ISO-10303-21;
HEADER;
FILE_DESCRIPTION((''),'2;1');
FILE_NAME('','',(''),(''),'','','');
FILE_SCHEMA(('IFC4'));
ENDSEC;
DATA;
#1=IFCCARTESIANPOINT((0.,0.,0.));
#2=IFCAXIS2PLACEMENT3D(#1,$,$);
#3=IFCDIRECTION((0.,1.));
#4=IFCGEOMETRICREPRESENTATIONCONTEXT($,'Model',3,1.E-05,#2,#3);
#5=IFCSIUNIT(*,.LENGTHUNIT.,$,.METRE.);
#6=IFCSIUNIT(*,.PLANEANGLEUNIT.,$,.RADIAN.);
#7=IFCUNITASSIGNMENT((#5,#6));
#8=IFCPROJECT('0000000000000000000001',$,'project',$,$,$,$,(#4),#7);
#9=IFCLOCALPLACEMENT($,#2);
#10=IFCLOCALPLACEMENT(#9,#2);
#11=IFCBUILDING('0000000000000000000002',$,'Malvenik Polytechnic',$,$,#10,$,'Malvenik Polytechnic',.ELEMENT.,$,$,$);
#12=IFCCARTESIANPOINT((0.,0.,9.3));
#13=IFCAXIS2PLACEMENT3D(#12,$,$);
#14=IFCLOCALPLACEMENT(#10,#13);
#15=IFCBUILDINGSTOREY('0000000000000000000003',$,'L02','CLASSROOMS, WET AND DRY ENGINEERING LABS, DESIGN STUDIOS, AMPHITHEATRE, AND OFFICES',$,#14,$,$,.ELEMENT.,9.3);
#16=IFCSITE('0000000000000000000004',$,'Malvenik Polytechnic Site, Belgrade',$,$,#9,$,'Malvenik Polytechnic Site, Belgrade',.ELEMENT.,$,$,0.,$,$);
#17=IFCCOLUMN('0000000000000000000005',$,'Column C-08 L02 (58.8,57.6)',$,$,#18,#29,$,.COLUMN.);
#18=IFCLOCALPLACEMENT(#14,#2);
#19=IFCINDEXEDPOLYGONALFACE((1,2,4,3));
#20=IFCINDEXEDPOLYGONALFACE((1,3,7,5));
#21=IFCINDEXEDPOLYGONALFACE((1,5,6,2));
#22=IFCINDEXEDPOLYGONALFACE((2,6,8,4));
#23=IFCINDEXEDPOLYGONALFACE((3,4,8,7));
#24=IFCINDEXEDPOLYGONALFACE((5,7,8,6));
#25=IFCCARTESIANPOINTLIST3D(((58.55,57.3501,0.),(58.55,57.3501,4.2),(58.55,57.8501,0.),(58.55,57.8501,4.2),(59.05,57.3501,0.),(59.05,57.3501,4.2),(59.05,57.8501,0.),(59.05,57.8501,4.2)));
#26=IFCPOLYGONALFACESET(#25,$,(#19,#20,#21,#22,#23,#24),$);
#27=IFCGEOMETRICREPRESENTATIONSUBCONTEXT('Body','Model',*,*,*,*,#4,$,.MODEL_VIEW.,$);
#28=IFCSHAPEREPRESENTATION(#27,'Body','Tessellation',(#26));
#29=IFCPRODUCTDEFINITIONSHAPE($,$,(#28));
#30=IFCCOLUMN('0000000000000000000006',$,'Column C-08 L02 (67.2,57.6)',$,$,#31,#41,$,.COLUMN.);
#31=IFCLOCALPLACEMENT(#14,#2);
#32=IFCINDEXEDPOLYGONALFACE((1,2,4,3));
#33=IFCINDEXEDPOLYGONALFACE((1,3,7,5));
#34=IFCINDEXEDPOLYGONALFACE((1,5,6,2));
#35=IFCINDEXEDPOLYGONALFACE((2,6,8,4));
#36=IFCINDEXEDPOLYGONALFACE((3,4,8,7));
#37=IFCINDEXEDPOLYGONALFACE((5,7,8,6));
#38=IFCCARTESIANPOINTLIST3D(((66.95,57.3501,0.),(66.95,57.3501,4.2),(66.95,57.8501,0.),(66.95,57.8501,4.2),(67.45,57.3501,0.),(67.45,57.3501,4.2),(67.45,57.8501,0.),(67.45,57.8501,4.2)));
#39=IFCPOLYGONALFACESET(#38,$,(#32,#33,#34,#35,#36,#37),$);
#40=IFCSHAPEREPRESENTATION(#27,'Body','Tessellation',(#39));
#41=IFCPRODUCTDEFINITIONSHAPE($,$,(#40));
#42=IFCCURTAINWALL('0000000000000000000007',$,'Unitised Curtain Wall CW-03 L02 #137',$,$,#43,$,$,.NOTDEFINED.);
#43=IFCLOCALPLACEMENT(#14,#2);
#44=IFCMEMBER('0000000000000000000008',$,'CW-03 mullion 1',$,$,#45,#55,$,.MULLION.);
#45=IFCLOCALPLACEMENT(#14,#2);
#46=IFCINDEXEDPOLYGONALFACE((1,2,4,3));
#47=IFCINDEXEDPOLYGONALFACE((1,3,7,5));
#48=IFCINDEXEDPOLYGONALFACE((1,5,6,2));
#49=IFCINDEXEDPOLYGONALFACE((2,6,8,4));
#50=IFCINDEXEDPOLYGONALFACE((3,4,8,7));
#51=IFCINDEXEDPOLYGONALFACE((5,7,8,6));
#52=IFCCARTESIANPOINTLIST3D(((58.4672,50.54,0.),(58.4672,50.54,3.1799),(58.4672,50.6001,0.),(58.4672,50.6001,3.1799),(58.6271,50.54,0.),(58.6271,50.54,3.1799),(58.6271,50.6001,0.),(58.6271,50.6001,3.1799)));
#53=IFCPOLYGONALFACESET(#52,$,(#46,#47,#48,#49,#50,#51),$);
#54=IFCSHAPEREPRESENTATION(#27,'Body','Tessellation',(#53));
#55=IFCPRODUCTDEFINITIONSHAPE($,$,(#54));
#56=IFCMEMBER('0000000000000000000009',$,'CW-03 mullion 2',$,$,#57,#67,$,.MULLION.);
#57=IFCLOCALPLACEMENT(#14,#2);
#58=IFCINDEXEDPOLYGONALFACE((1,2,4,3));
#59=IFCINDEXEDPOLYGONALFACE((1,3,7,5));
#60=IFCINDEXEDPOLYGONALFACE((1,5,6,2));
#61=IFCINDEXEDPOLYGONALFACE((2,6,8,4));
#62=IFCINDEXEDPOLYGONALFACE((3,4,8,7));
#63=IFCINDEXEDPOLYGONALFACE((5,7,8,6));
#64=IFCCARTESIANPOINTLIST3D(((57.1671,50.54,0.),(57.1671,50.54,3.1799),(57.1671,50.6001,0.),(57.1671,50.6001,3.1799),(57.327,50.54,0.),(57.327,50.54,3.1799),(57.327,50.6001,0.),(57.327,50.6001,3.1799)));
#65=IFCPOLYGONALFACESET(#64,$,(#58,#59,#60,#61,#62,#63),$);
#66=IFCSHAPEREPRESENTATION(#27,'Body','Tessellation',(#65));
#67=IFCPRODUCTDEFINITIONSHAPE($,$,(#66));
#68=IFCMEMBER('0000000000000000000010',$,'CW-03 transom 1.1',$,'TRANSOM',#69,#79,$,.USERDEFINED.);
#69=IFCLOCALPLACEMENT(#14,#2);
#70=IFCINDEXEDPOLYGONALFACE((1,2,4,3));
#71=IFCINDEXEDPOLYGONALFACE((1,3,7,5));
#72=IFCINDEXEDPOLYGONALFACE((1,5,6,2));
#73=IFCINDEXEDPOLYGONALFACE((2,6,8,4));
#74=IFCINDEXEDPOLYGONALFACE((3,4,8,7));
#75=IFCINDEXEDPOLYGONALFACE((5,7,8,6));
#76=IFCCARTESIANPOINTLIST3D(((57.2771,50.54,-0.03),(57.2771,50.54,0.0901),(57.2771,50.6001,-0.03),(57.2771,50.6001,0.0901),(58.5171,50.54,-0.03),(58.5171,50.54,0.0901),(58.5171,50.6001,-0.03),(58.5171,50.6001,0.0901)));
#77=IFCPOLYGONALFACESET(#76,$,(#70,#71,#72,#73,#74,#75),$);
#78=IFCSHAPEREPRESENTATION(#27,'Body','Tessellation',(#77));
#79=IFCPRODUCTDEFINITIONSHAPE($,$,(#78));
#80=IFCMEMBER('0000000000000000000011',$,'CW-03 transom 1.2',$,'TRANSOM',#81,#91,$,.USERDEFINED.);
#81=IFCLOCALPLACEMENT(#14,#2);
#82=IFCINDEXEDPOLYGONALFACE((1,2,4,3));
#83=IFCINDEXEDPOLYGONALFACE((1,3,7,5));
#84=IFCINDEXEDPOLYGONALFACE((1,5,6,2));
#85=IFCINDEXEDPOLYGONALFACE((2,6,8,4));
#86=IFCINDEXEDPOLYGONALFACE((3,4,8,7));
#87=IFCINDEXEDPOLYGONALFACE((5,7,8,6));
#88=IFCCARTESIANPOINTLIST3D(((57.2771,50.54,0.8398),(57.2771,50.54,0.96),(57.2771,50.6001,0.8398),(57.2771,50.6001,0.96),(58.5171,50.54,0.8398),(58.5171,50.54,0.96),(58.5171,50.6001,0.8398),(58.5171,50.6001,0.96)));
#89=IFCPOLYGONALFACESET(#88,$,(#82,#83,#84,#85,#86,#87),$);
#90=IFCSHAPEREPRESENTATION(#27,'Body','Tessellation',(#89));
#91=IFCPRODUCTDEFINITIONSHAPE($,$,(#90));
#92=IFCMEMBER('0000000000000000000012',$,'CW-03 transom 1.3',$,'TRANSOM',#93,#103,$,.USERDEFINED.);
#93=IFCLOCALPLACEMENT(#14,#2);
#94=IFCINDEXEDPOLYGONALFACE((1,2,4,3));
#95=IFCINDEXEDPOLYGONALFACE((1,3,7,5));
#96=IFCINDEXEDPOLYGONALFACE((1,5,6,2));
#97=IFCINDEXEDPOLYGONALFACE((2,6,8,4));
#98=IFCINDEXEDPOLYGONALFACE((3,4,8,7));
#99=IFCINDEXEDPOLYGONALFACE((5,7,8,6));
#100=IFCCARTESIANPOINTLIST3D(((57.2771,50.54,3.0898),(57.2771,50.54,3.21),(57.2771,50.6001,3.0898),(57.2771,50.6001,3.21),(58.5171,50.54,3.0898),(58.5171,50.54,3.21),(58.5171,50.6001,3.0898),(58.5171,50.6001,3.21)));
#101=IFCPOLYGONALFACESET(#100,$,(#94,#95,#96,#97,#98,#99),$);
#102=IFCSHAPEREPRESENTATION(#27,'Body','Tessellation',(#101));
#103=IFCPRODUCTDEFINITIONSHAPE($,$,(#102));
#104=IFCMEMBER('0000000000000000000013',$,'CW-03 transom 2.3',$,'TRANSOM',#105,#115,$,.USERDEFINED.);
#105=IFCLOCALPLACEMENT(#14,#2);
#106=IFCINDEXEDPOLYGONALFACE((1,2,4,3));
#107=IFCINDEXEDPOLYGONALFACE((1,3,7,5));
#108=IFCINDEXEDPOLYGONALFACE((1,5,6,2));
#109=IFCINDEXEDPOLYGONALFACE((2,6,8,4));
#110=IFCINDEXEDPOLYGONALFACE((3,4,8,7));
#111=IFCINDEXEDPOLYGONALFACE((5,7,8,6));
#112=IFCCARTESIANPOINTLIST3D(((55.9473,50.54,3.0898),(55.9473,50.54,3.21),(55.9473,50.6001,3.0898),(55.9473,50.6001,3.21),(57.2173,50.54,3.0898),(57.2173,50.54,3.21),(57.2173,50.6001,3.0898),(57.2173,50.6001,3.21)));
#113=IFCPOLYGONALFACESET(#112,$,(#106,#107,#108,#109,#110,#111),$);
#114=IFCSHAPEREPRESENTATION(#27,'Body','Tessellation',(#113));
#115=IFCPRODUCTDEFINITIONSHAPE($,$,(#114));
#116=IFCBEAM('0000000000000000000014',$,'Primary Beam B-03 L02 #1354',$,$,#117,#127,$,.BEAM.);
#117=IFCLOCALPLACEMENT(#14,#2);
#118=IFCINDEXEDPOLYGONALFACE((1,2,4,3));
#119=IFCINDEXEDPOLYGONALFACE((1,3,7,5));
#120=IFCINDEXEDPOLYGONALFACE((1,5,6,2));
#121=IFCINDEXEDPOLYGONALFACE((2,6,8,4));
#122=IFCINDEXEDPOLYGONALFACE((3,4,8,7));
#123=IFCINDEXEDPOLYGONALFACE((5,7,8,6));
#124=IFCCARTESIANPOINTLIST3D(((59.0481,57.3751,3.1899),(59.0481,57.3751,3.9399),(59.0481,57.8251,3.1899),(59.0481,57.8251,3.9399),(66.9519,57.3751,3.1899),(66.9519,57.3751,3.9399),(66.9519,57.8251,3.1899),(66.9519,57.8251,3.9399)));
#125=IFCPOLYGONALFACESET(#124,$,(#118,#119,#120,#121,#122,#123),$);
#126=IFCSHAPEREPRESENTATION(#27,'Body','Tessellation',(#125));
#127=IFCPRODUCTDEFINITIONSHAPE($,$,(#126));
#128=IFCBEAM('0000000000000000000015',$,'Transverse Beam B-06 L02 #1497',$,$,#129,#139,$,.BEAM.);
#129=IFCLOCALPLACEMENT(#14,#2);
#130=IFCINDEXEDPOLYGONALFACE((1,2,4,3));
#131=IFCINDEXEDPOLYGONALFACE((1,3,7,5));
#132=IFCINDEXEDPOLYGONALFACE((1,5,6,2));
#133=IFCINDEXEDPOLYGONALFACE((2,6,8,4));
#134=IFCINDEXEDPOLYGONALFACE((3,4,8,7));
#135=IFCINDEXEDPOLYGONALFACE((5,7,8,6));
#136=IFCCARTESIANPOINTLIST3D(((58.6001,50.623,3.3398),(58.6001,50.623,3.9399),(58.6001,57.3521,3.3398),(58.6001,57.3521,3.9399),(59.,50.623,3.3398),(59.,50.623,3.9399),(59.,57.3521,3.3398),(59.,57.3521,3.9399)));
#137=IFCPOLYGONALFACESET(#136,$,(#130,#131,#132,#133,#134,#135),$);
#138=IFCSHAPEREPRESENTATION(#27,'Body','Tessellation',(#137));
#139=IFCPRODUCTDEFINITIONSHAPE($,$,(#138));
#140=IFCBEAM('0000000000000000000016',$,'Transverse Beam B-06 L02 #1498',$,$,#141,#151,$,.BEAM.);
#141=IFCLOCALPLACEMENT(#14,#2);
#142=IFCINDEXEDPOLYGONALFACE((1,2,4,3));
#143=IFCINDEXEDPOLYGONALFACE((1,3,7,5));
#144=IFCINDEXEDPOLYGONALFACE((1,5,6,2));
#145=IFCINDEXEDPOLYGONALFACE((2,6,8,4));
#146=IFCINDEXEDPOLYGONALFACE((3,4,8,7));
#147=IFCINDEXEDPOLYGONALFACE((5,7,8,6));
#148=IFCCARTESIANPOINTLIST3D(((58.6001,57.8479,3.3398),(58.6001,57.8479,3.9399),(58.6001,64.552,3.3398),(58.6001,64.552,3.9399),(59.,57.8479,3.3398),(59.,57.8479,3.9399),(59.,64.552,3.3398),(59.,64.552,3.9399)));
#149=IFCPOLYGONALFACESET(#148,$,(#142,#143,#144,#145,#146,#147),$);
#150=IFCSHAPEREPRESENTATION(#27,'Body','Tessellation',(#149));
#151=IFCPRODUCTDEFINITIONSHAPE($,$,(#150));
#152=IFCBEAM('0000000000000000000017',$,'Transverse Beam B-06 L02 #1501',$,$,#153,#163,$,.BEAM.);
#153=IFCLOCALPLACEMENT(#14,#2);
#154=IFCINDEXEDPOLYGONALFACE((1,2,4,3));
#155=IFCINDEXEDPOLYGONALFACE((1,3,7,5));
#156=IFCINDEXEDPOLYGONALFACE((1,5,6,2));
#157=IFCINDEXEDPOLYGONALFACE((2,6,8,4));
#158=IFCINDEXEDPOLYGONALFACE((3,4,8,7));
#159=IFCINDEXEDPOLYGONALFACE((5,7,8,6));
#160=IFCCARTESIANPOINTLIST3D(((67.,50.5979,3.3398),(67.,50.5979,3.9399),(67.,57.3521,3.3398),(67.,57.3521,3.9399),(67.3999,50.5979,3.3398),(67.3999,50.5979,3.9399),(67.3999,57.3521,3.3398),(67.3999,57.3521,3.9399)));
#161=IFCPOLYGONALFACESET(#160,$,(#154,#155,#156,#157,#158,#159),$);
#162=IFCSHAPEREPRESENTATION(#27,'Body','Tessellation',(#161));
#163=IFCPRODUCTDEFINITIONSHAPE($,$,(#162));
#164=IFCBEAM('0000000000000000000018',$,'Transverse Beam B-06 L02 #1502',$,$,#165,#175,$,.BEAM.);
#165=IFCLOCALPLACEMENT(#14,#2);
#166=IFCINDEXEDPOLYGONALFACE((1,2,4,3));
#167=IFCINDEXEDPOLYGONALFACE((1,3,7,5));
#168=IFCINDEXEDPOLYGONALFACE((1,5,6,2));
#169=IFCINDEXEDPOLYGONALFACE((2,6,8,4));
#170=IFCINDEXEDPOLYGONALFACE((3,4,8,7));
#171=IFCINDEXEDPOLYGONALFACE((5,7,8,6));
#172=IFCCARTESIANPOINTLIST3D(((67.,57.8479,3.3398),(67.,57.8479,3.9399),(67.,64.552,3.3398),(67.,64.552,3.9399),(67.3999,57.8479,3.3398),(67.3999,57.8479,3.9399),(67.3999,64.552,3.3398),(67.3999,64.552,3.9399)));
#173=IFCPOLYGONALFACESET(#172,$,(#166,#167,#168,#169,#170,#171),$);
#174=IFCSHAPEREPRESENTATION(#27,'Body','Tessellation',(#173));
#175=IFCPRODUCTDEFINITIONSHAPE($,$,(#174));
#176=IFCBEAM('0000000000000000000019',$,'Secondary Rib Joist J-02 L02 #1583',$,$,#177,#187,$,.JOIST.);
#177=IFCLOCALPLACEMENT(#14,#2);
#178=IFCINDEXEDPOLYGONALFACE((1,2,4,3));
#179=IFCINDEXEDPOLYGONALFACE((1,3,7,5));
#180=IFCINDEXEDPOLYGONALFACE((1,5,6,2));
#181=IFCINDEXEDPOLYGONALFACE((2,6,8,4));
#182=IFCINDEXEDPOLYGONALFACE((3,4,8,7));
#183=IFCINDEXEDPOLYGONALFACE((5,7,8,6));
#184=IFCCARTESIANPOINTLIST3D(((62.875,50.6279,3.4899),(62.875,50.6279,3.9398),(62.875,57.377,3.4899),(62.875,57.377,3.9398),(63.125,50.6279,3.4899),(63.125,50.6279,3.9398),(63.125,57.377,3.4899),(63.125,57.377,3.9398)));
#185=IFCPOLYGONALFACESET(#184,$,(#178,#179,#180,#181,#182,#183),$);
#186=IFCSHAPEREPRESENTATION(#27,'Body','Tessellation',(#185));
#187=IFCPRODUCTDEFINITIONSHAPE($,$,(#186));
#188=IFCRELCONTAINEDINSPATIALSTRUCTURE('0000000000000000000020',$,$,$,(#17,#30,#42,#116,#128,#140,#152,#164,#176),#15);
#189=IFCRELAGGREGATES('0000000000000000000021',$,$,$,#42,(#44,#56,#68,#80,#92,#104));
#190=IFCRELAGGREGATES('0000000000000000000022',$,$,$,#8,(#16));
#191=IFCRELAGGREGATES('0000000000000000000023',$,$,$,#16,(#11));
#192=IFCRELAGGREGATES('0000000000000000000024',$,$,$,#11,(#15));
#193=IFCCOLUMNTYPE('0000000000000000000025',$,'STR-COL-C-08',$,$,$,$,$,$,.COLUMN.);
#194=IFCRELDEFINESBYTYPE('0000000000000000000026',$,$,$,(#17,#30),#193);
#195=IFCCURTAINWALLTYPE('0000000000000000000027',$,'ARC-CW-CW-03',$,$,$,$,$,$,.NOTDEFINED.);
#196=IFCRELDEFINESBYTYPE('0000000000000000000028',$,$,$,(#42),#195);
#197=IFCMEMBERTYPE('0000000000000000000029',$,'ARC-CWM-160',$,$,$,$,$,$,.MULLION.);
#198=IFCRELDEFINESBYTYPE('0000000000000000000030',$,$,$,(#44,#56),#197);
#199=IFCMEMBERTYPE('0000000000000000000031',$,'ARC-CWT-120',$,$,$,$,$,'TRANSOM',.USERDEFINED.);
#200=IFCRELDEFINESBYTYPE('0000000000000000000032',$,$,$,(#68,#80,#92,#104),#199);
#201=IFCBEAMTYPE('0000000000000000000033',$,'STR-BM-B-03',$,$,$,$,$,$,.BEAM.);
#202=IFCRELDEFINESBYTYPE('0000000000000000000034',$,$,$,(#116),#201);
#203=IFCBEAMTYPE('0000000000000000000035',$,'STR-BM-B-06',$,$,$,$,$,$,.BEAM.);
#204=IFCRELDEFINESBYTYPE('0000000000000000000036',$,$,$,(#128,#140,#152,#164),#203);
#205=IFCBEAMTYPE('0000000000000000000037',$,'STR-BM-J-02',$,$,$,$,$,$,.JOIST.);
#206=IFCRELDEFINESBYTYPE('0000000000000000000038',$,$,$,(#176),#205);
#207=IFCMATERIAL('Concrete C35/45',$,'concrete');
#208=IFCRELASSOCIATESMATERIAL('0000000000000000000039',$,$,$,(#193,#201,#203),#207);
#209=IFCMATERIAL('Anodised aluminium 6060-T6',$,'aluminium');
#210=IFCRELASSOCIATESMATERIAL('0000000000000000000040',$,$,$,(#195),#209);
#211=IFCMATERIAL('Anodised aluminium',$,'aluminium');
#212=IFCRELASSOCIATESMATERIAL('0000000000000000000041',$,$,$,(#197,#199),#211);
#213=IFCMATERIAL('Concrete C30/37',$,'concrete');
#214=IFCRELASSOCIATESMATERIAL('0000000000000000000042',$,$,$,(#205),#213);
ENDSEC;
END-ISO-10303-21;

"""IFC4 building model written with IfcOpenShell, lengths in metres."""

from ifc_helpers import new_model, si_unit, direction, frame, origin, origin_2d, place, context, subcontext, project, spatial, rectangle, extrude, material, material_profile, profile_set, type_object, element, aggregate, save


model = new_model("IFC4")

# Units and contexts
model_context = context("Model", 3, precision=1e-05, world=origin(), true_north=direction((0.0, 1.0)))
body_context = subcontext(model_context, "Body", "Model", "MODEL_VIEW")
ifc_project = project(units=[si_unit("LENGTHUNIT", "METRE"), si_unit("PLANEANGLEUNIT", "RADIAN")], contexts=[model_context])

# Site, building, storey
site_placement = place(None, origin())
site = spatial("IfcSite", under=ifc_project, at=site_placement, Name="Malvenik Polytechnic Site, Belgrade", LongName="Malvenik Polytechnic Site, Belgrade", CompositionType="ELEMENT", RefElevation=0.0)
building_placement = place(site_placement, origin())
building = spatial("IfcBuilding", under=site, at=building_placement, Name="Malvenik Polytechnic", LongName="Malvenik Polytechnic", CompositionType="ELEMENT")
storey_placement = place(building_placement, frame((0.0, 0.0, 9.3)))
storey = spatial("IfcBuildingStorey", under=building, at=storey_placement, Name="L02", Description="CLASSROOMS, WET AND DRY ENGINEERING LABS, DESIGN STUDIOS, AMPHITHEATRE, AND OFFICES", CompositionType="ELEMENT", Elevation=9.3)

# Columns
ifc_material_1 = material(Name="Concrete C35/45", Category="concrete")
ifc_material_profile_1 = material_profile(ifc_material_1, rectangle(XDim=0.5, YDim=0.5, at=origin_2d()), Name="RC COL 500x500")
ifc_profile_set_1 = profile_set([ifc_material_profile_1], Name="Concrete C35/45")
column_type = type_object("IfcColumnType", Name="STR-COL-C-08", PredefinedType="COLUMN", material=ifc_profile_set_1)
for number, where, z_axis, x_axis, name in (
    (1, (58.8, 57.6001, 0.0), (0.0, 0.0, 1.0), (1.0, 0.0, 0.0), "Column C-08 L02 (58.8,57.6)"),
    (2, (67.2, 57.6001, 0.0), (0.0, 0.0, 1.0), (1.0, 0.0, 0.0), "Column C-08 L02 (67.2,57.6)"),
):
    element("IfcColumn", number, at=place(storey_placement, frame(where, z_axis=z_axis, x_axis=x_axis)), inside=storey, type_object=column_type, Name=name, PredefinedType="COLUMN", context=body_context, shape_type="SweptSolid", body=[
        extrude(rectangle(XDim=0.5, YDim=0.5, at=origin_2d()), origin(), (0.0, 0.0, 1.0), 4.2),
    ])

# Curtain wall, members
ifc_material_2 = material(Name="Anodised aluminium 6060-T6", Category="aluminium")
curtain_wall_type = type_object("IfcCurtainWallType", Name="ARC-CW-CW-03", PredefinedType="NOTDEFINED", material=ifc_material_2)
curtain_wall_placement = place(storey_placement, origin())
curtain_wall = element("IfcCurtainWall", 3, at=curtain_wall_placement, inside=storey, type_object=curtain_wall_type, Name="Unitised Curtain Wall CW-03 L02 #137", PredefinedType="NOTDEFINED")
ifc_material_3 = material(Name="Anodised aluminium", Category="aluminium")
ifc_material_profile_2 = material_profile(ifc_material_3, rectangle(XDim=0.0601, YDim=0.1599, at=origin_2d()), Name="ALU MULLION 60x160")
ifc_profile_set_2 = profile_set([ifc_material_profile_2], Name="Anodised aluminium")
member_type_1 = type_object("IfcMemberType", Name="ARC-CWM-160", PredefinedType="MULLION", material=ifc_profile_set_2)
member_1_placement = place(storey_placement, frame((58.5471, 50.5701, 0.0), z_axis=(0.0, 0.0, 1.0), x_axis=(0.0, -1.0, 0.0)))
member_1 = element("IfcMember", 4, at=member_1_placement, type_object=member_type_1, Name="CW-03 mullion 1", PredefinedType="MULLION", context=body_context, shape_type="SweptSolid", body=[
    extrude(rectangle(XDim=0.0601, YDim=0.1599, at=origin_2d()), origin(), (0.0, 0.0, 1.0), 3.1799),
])
member_2_placement = place(storey_placement, frame((57.2471, 50.5701, 0.0), z_axis=(0.0, 0.0, 1.0), x_axis=(0.0, -1.0, 0.0)))
member_2 = element("IfcMember", 5, at=member_2_placement, type_object=member_type_1, Name="CW-03 mullion 2", PredefinedType="MULLION", context=body_context, shape_type="SweptSolid", body=[
    extrude(rectangle(XDim=0.0601, YDim=0.1599, at=origin_2d()), origin(), (0.0, 0.0, 1.0), 3.1799),
])
ifc_material_profile_3 = material_profile(ifc_material_3, rectangle(XDim=0.0601, YDim=0.1201, at=origin_2d()), Name="ALU TRANSOM 60x120")
ifc_profile_set_3 = profile_set([ifc_material_profile_3], Name="Anodised aluminium")
member_type_2 = type_object("IfcMemberType", Name="ARC-CWT-120", ElementType="TRANSOM", PredefinedType="USERDEFINED", material=ifc_profile_set_3)
member_3_placement = place(storey_placement, frame((58.5171, 50.5701, 0.03), z_axis=(-1.0, 0.0, 0.0), x_axis=(0.0, -1.0, 0.0)))
member_3 = element("IfcMember", 6, at=member_3_placement, type_object=member_type_2, Name="CW-03 transom 1.1", ObjectType="TRANSOM", PredefinedType="USERDEFINED", context=body_context, shape_type="SweptSolid", body=[
    extrude(rectangle(XDim=0.0601, YDim=0.1201, at=origin_2d()), origin(), (0.0, 0.0, 1.0), 1.24),
])
member_4_placement = place(storey_placement, frame((58.5171, 50.5701, 0.8999), z_axis=(-1.0, 0.0, 0.0), x_axis=(0.0, -1.0, 0.0)))
member_4 = element("IfcMember", 7, at=member_4_placement, type_object=member_type_2, Name="CW-03 transom 1.2", ObjectType="TRANSOM", PredefinedType="USERDEFINED", context=body_context, shape_type="SweptSolid", body=[
    extrude(rectangle(XDim=0.0601, YDim=0.1201, at=origin_2d()), origin(), (0.0, 0.0, 1.0), 1.24),
])
member_5_placement = place(storey_placement, frame((58.5171, 50.5701, 3.1499), z_axis=(-1.0, 0.0, 0.0), x_axis=(0.0, -1.0, 0.0)))
member_5 = element("IfcMember", 8, at=member_5_placement, type_object=member_type_2, Name="CW-03 transom 1.3", ObjectType="TRANSOM", PredefinedType="USERDEFINED", context=body_context, shape_type="SweptSolid", body=[
    extrude(rectangle(XDim=0.0601, YDim=0.1201, at=origin_2d()), origin(), (0.0, 0.0, 1.0), 1.24),
])
member_6_placement = place(storey_placement, frame((57.2173, 50.5701, 3.1499), z_axis=(-1.0, 0.0, 0.0), x_axis=(0.0, -1.0, 0.0)))
member_6 = element("IfcMember", 9, at=member_6_placement, type_object=member_type_2, Name="CW-03 transom 2.3", ObjectType="TRANSOM", PredefinedType="USERDEFINED", context=body_context, shape_type="SweptSolid", body=[
    extrude(rectangle(XDim=0.0601, YDim=0.1201, at=origin_2d()), origin(), (0.0, 0.0, 1.0), 1.27),
])

# Beams
ifc_material_profile_4 = material_profile(ifc_material_1, rectangle(XDim=0.45, YDim=0.75, at=origin_2d()), Name="RC BM 450x750")
ifc_profile_set_4 = profile_set([ifc_material_profile_4], Name="Concrete C35/45")
beam_type_1 = type_object("IfcBeamType", Name="STR-BM-B-03", PredefinedType="BEAM", material=ifc_profile_set_4)
beam_1_placement = place(storey_placement, frame((59.0481, 57.6001, 3.5649), z_axis=(1.0, 0.0, 0.0), x_axis=(0.0, 1.0, 0.0)))
element("IfcBeam", 10, at=beam_1_placement, inside=storey, type_object=beam_type_1, Name="Primary Beam B-03 L02 #1354", PredefinedType="BEAM", context=body_context, shape_type="SweptSolid", body=[
    extrude(rectangle(XDim=0.45, YDim=0.75, at=origin_2d()), origin(), (0.0, 0.0, 1.0), 7.9038),
])
ifc_material_profile_5 = material_profile(ifc_material_1, rectangle(XDim=0.3999, YDim=0.6001, at=origin_2d()), Name="RC BM 400x600")
ifc_profile_set_5 = profile_set([ifc_material_profile_5], Name="Concrete C35/45")
beam_type_2 = type_object("IfcBeamType", Name="STR-BM-B-06", PredefinedType="BEAM", material=ifc_profile_set_5)
beam_2_placement = place(storey_placement, frame((58.8, 50.623, 3.6399), z_axis=(0.0, 1.0, 0.0), x_axis=(-1.0, 0.0, 0.0)))
element("IfcBeam", 11, at=beam_2_placement, inside=storey, type_object=beam_type_2, Name="Transverse Beam B-06 L02 #1497", PredefinedType="BEAM", context=body_context, shape_type="SweptSolid", body=[
    extrude(rectangle(XDim=0.3999, YDim=0.6001, at=origin_2d()), origin(), (0.0, 0.0, 1.0), 6.729),
])
beam_3_placement = place(storey_placement, frame((58.8, 57.8479, 3.6399), z_axis=(0.0, 1.0, 0.0), x_axis=(-1.0, 0.0, 0.0)))
element("IfcBeam", 12, at=beam_3_placement, inside=storey, type_object=beam_type_2, Name="Transverse Beam B-06 L02 #1498", PredefinedType="BEAM", context=body_context, shape_type="SweptSolid", body=[
    extrude(rectangle(XDim=0.3999, YDim=0.6001, at=origin_2d()), origin(), (0.0, 0.0, 1.0), 6.7041),
])
beam_4_placement = place(storey_placement, frame((67.2, 50.5979, 3.6399), z_axis=(0.0, 1.0, 0.0), x_axis=(-1.0, 0.0, 0.0)))
element("IfcBeam", 13, at=beam_4_placement, inside=storey, type_object=beam_type_2, Name="Transverse Beam B-06 L02 #1501", PredefinedType="BEAM", context=body_context, shape_type="SweptSolid", body=[
    extrude(rectangle(XDim=0.3999, YDim=0.6001, at=origin_2d()), origin(), (0.0, 0.0, 1.0), 6.7542),
])
beam_5_placement = place(storey_placement, frame((67.2, 57.8479, 3.6399), z_axis=(0.0, 1.0, 0.0), x_axis=(-1.0, 0.0, 0.0)))
element("IfcBeam", 14, at=beam_5_placement, inside=storey, type_object=beam_type_2, Name="Transverse Beam B-06 L02 #1502", PredefinedType="BEAM", context=body_context, shape_type="SweptSolid", body=[
    extrude(rectangle(XDim=0.3999, YDim=0.6001, at=origin_2d()), origin(), (0.0, 0.0, 1.0), 6.7041),
])
ifc_material_4 = material(Name="Concrete C30/37", Category="concrete")
ifc_material_profile_6 = material_profile(ifc_material_4, rectangle(XDim=0.25, YDim=0.45, at=origin_2d()), Name="RC JST 250x450")
ifc_profile_set_6 = profile_set([ifc_material_profile_6], Name="Concrete C30/37")
beam_type_3 = type_object("IfcBeamType", Name="STR-BM-J-02", PredefinedType="JOIST", material=ifc_profile_set_6)
for number, where, z_axis, x_axis, name in (
    (15, (63.0, 50.6279, 3.7148), (0.0, 1.0, 0.0), (-1.0, 0.0, 0.0), "Secondary Rib Joist J-02 L02 #1583"),
):
    element("IfcBeam", number, at=place(storey_placement, frame(where, z_axis=z_axis, x_axis=x_axis)), inside=storey, type_object=beam_type_3, Name=name, PredefinedType="JOIST", context=body_context, shape_type="SweptSolid", body=[
        extrude(rectangle(XDim=0.25, YDim=0.45, at=origin_2d()), origin(), (0.0, 0.0, 1.0), 6.749),
    ])

aggregate(curtain_wall, [member_1, member_2, member_3, member_4, member_5, member_6])

save(model, "model.ifc")
